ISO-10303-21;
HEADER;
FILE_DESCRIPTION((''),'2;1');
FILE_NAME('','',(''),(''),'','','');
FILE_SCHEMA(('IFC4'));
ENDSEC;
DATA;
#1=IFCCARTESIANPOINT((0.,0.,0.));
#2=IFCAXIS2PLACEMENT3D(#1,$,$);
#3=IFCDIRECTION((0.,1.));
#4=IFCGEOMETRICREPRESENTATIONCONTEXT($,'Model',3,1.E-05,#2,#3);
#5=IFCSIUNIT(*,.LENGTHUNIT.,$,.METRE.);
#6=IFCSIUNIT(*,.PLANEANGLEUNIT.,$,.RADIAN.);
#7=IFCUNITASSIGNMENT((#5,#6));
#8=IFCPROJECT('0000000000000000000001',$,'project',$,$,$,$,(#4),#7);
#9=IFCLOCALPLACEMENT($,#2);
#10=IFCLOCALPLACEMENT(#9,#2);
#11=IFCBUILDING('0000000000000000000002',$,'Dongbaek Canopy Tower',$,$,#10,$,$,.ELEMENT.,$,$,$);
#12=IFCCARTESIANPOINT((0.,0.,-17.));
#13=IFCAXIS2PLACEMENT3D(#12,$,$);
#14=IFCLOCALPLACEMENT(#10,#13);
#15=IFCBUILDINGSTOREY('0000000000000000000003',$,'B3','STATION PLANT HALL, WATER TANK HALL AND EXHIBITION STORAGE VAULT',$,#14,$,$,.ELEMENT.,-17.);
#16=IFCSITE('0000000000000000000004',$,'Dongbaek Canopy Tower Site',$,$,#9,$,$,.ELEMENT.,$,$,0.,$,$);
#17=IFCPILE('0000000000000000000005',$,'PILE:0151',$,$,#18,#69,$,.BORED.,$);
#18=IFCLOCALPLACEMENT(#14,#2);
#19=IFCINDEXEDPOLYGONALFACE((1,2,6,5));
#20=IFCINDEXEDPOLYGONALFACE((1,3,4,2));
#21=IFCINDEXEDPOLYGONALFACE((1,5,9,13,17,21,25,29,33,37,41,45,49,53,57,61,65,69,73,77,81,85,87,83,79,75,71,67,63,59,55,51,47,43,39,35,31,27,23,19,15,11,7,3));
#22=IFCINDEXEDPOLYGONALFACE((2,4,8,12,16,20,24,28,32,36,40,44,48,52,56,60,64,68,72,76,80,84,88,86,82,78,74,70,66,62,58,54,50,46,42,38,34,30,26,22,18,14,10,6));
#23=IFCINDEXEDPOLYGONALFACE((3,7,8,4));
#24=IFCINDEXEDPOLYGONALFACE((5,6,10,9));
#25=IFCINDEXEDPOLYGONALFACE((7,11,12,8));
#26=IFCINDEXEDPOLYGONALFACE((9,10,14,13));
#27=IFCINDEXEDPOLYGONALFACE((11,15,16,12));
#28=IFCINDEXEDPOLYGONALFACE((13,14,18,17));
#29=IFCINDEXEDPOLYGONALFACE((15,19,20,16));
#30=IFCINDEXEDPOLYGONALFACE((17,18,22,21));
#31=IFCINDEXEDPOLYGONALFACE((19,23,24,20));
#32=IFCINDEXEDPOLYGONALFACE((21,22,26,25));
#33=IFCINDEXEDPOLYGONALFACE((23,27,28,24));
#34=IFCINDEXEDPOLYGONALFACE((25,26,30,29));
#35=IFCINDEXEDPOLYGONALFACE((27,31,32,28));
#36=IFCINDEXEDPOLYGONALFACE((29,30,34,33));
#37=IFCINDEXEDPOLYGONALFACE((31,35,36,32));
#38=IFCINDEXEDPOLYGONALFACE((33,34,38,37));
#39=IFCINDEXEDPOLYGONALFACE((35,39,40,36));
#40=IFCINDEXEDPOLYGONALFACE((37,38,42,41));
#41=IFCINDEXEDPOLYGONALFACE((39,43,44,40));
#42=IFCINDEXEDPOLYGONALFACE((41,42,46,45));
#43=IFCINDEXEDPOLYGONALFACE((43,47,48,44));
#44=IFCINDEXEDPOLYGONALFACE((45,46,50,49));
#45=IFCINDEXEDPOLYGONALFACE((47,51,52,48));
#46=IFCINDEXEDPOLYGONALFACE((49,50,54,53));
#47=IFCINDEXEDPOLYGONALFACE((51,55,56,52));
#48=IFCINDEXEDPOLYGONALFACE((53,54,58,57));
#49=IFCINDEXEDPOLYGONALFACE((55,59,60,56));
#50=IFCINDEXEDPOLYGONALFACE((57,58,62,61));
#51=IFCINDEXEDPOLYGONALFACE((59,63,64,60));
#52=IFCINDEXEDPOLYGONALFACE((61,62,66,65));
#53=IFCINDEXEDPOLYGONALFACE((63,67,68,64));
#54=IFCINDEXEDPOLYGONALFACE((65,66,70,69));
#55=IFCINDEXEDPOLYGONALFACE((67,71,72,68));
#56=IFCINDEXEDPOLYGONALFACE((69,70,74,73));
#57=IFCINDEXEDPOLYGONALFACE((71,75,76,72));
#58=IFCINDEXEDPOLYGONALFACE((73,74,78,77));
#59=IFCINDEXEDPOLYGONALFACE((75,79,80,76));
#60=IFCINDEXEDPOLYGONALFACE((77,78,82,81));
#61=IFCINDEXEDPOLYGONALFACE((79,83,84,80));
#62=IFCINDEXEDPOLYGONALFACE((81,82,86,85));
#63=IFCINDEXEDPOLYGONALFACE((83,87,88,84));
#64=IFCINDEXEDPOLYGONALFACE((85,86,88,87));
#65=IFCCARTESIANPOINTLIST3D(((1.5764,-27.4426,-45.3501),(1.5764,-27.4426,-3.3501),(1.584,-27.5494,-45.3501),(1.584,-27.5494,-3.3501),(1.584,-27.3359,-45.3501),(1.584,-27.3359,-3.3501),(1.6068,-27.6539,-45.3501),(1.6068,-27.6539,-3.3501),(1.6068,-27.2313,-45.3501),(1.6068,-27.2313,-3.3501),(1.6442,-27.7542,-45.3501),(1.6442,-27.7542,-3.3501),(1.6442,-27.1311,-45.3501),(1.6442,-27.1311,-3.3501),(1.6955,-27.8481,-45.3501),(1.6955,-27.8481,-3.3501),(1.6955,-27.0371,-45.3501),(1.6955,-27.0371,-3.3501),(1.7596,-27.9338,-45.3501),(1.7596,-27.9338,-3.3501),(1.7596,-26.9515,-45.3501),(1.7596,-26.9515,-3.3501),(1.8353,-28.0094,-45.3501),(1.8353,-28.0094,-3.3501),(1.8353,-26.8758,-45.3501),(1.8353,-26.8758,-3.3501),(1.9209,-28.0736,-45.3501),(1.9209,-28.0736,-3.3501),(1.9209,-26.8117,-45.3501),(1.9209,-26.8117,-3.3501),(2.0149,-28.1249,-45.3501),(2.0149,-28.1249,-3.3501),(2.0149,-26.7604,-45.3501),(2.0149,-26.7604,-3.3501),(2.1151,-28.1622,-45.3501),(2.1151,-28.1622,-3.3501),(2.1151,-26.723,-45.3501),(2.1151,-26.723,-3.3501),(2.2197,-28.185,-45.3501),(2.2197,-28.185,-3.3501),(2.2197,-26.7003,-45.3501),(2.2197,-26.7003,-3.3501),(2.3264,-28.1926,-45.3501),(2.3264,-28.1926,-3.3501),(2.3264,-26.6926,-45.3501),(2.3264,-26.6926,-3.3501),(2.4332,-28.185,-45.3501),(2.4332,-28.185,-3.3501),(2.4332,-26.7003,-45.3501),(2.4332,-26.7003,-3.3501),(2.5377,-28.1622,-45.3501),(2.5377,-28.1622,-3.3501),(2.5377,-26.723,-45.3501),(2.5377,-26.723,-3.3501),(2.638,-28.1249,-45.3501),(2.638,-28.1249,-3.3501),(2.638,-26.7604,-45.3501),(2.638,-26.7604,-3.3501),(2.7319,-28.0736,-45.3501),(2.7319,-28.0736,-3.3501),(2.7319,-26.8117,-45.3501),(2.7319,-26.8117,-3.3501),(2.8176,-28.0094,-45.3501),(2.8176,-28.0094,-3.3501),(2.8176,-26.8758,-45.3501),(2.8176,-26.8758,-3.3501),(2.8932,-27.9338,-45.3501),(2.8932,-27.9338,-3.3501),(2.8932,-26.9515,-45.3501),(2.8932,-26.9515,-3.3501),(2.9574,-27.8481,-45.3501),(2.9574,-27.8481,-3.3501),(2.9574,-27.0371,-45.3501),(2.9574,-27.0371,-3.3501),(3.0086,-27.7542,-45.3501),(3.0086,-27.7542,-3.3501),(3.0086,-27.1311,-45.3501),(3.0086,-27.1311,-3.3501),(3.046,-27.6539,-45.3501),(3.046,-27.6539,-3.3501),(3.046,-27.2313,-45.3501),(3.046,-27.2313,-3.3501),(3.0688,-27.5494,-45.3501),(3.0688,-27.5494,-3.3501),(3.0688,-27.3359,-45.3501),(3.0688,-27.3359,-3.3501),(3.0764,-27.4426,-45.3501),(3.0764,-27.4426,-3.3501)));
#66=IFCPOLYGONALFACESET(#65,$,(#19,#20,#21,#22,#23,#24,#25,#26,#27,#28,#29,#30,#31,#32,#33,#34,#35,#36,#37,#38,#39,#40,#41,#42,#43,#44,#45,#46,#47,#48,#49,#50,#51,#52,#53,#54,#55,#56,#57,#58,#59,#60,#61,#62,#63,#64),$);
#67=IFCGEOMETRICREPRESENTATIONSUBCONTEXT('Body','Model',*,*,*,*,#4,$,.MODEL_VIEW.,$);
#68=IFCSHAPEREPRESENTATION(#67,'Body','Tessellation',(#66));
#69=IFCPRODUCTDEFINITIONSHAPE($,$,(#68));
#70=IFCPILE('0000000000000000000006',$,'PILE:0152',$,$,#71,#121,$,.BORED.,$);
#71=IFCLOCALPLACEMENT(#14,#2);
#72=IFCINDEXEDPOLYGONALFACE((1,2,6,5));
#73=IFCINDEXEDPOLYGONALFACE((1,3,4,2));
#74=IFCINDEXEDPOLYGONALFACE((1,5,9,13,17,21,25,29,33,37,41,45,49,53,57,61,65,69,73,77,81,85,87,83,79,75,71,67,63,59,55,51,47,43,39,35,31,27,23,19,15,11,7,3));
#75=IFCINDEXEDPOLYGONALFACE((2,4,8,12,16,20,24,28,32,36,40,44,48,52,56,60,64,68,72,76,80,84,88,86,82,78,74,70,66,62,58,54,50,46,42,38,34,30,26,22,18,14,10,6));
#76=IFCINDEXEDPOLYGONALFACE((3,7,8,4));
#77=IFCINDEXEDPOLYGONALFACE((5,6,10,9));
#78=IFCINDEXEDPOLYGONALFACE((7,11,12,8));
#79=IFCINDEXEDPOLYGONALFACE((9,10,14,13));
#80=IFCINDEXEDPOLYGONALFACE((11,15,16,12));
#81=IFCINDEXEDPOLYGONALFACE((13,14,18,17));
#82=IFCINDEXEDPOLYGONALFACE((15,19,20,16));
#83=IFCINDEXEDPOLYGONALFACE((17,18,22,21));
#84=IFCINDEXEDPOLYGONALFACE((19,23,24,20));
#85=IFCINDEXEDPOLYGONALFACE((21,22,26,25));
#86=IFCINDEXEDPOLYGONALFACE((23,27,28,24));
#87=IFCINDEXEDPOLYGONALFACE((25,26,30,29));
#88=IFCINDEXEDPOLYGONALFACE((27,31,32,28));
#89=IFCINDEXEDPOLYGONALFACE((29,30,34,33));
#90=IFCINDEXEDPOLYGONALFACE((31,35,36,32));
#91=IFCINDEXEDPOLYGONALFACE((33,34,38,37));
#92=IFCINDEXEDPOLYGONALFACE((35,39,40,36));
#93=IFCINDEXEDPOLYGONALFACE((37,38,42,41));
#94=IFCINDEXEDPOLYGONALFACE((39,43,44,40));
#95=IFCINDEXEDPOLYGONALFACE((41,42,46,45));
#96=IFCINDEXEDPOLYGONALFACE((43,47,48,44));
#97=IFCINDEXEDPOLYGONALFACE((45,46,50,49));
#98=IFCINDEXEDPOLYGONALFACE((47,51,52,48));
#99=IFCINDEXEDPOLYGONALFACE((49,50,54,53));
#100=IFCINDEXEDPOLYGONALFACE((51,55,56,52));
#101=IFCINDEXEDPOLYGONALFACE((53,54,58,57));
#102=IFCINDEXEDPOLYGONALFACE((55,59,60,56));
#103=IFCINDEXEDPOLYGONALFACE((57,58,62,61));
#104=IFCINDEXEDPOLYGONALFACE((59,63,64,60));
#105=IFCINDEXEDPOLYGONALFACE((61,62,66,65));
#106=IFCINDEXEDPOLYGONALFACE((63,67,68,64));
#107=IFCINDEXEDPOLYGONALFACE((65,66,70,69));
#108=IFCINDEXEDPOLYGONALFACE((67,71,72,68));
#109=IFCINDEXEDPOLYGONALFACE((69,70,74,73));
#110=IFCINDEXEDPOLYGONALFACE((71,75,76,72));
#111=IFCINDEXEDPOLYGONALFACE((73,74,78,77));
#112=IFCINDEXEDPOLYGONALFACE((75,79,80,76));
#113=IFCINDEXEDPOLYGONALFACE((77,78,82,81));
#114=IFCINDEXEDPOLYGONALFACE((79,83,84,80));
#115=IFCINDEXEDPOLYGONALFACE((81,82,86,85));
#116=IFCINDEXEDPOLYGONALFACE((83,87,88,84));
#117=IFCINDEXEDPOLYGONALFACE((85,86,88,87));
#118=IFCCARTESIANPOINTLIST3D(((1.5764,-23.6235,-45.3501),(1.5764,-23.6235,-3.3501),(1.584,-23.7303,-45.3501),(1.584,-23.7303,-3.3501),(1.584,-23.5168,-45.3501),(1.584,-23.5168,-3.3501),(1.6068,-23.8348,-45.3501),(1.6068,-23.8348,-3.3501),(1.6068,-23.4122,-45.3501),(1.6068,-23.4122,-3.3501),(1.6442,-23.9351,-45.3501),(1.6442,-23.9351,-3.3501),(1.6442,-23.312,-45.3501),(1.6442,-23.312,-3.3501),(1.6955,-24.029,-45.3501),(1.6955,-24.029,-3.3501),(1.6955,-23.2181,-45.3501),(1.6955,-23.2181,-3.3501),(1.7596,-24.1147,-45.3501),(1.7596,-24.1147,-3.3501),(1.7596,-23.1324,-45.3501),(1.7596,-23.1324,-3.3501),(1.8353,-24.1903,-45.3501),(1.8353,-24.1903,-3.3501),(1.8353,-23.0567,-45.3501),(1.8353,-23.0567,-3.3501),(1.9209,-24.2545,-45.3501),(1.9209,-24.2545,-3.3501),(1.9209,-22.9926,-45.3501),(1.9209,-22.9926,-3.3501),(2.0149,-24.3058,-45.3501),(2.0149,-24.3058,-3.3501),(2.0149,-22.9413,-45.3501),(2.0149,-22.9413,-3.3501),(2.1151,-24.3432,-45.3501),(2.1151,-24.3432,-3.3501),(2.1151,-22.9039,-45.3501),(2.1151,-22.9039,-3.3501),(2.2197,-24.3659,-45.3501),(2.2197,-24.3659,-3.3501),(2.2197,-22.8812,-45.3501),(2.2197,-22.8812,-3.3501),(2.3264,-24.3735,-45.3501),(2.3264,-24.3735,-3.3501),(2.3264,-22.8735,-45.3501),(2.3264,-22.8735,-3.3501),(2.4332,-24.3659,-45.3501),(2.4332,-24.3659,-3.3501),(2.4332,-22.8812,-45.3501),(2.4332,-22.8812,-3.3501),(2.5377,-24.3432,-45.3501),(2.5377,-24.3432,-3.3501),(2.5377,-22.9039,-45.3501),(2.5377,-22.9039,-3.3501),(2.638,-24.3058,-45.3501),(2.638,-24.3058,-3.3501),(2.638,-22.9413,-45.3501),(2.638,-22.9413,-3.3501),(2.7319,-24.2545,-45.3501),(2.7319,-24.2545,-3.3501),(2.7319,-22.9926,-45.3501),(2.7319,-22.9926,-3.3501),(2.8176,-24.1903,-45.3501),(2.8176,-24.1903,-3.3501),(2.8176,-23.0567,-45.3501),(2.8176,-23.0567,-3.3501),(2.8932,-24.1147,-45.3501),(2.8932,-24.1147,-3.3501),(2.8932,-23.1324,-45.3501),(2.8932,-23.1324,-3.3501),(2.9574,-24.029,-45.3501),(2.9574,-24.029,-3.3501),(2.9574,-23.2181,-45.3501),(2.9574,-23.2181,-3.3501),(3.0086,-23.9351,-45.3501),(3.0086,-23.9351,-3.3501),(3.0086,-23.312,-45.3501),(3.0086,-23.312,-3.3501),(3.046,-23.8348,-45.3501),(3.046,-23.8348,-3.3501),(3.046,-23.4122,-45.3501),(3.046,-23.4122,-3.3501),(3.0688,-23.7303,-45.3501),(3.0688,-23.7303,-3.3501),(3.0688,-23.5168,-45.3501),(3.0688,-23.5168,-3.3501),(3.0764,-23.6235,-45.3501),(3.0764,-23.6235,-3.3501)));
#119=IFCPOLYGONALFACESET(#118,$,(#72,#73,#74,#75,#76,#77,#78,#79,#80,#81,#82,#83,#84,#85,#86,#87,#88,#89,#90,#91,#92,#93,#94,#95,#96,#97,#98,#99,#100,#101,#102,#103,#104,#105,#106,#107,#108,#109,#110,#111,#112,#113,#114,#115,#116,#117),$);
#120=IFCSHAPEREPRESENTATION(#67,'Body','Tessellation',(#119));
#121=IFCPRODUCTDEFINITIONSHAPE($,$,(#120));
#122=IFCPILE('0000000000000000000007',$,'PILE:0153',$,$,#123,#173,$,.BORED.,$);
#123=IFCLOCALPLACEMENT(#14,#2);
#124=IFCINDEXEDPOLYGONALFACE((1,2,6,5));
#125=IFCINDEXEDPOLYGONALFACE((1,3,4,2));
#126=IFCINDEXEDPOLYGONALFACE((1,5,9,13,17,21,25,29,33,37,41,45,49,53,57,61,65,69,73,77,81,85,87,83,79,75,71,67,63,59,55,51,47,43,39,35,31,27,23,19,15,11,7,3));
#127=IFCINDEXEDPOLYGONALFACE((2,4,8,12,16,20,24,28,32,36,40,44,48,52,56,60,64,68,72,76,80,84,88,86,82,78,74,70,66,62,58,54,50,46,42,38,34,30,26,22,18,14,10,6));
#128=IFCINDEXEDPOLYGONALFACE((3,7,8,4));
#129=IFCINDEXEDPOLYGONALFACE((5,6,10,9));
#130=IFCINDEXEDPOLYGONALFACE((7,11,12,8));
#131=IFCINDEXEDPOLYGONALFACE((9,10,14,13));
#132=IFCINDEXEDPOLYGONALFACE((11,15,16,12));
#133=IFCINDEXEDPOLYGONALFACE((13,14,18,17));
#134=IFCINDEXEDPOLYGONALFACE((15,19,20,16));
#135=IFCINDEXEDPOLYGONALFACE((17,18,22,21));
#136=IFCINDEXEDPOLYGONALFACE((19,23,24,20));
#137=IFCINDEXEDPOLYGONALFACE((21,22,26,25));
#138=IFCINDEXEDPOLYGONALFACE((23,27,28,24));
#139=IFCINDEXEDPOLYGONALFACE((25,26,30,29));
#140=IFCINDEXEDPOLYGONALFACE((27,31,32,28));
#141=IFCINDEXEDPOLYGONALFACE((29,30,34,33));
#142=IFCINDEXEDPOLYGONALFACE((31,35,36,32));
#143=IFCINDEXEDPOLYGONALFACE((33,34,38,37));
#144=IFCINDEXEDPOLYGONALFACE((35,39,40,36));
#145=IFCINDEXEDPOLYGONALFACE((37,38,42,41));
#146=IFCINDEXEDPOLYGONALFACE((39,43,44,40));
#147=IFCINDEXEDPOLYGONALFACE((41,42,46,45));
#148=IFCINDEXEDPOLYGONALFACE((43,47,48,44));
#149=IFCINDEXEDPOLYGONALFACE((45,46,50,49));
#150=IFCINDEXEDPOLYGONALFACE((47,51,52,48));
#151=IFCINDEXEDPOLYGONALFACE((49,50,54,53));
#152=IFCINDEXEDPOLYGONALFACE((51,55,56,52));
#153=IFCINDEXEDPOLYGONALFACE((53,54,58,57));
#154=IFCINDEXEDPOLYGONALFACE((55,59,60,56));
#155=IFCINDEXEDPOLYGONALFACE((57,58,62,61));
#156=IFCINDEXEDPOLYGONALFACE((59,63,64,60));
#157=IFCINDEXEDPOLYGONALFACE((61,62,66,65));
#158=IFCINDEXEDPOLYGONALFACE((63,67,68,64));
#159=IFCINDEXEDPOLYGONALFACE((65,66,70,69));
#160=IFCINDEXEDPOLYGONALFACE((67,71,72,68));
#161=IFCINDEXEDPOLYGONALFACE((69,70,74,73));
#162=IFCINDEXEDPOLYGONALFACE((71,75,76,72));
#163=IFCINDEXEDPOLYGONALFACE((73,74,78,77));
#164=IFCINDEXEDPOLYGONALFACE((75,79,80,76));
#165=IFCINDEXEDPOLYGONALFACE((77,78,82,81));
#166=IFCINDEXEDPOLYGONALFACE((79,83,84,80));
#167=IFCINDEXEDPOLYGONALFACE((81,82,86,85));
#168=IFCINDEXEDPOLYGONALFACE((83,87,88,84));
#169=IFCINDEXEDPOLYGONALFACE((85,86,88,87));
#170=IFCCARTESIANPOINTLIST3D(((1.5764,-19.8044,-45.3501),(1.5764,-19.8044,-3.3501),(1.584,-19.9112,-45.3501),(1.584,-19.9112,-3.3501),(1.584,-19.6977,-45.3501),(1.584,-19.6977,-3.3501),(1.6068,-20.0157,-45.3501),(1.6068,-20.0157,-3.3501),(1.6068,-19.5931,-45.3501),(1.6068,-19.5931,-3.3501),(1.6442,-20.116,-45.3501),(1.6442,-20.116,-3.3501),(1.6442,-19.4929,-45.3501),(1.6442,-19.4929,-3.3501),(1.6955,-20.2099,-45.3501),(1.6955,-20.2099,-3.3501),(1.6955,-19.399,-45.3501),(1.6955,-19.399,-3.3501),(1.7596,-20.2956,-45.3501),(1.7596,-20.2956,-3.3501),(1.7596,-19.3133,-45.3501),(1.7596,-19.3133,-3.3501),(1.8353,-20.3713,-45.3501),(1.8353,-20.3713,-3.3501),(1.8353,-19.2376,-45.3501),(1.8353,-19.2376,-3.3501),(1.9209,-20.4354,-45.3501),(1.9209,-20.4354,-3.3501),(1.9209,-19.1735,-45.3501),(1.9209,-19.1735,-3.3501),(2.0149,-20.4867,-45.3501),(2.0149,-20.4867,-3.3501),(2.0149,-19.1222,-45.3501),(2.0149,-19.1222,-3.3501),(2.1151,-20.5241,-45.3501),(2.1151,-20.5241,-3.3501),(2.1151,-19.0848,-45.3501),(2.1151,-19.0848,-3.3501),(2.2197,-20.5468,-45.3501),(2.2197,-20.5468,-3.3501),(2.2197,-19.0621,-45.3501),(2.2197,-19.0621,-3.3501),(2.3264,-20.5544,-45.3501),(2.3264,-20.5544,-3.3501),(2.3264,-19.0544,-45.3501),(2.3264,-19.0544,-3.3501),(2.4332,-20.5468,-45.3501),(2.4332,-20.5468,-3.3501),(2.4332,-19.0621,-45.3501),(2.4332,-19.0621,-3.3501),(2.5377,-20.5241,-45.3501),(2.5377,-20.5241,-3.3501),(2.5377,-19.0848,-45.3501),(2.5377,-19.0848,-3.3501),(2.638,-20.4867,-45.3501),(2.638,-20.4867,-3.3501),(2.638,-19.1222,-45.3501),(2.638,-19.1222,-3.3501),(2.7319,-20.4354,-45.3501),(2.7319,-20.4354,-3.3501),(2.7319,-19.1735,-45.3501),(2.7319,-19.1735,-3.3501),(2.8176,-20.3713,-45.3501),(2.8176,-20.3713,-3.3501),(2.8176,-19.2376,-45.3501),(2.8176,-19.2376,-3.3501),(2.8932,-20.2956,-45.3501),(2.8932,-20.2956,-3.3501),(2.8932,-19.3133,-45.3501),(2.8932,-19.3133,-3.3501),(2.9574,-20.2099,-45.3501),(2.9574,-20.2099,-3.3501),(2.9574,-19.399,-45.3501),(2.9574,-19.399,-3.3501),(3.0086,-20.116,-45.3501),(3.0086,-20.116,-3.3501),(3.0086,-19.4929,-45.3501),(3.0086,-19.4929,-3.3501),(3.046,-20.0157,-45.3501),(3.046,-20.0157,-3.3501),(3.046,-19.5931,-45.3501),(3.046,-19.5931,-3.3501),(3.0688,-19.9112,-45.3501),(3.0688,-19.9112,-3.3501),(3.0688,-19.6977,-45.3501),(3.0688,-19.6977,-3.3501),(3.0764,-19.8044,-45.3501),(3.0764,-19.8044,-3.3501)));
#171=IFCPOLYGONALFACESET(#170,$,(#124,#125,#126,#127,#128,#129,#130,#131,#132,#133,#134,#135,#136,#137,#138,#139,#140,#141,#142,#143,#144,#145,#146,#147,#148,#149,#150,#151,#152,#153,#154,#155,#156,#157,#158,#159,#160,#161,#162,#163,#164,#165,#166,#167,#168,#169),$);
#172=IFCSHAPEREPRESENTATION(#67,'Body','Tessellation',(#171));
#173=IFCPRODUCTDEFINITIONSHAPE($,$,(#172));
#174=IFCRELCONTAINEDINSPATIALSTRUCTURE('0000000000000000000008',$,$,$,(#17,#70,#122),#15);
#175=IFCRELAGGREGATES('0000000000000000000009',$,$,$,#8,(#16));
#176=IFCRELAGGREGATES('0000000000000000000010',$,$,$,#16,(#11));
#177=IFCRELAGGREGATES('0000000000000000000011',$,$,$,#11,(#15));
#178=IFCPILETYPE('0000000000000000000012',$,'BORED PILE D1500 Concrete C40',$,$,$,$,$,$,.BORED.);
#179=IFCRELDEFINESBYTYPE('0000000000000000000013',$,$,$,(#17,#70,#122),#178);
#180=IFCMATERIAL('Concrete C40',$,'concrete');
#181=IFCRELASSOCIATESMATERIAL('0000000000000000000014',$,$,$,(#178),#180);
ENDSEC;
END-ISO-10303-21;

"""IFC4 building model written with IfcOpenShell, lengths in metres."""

from ifc_helpers import new_model, si_unit, direction, frame, origin, origin_2d, place, context, subcontext, project, spatial, circle, extrude, material, material_profile, profile_set, type_object, element, save


model = new_model("IFC4")

# Units and contexts
model_context = context("Model", 3, precision=1e-05, world=origin(), true_north=direction((0.0, 1.0)))
body_context = subcontext(model_context, "Body", "Model", "MODEL_VIEW")
ifc_project = project(units=[si_unit("LENGTHUNIT", "METRE"), si_unit("PLANEANGLEUNIT", "RADIAN")], contexts=[model_context])

# Site, building, storey
site_placement = place(None, origin())
site = spatial("IfcSite", under=ifc_project, at=site_placement, Name="Dongbaek Canopy Tower Site", CompositionType="ELEMENT", RefElevation=0.0)
building_placement = place(site_placement, origin())
building = spatial("IfcBuilding", under=site, at=building_placement, Name="Dongbaek Canopy Tower", CompositionType="ELEMENT")
storey_placement = place(building_placement, frame((0.0, 0.0, -17.0)))
storey = spatial("IfcBuildingStorey", under=building, at=storey_placement, Name="B3", Description="STATION PLANT HALL, WATER TANK HALL AND EXHIBITION STORAGE VAULT", CompositionType="ELEMENT", Elevation=-17.0)

# Piles
ifc_material_1 = material(Name="Concrete C40", Category="concrete")
ifc_material_profile_1 = material_profile(ifc_material_1, circle(Radius=0.75, at=origin_2d()), Name="BORED PILE D1500 Concrete C40")
ifc_profile_set_1 = profile_set([ifc_material_profile_1], Name="Concrete C40")
pile_type = type_object("IfcPileType", Name="BORED PILE D1500 Concrete C40", PredefinedType="BORED", material=ifc_profile_set_1)
for number, where, z_axis, x_axis, name in (
    (1, (2.3264, -27.4426, -3.3501), (0.0, 0.0, -1.0), (1.0, 0.0, 0.0), "PILE:0151"),
    (2, (2.3264, -23.6235, -3.3501), (0.0, 0.0, -1.0), (1.0, 0.0, 0.0), "PILE:0152"),
    (3, (2.3264, -19.8044, -3.3501), (0.0, 0.0, -1.0), (1.0, 0.0, 0.0), "PILE:0153"),
):
    element("IfcPile", number, at=place(storey_placement, frame(where, z_axis=z_axis, x_axis=x_axis)), inside=storey, type_object=pile_type, Name=name, PredefinedType="BORED", context=body_context, shape_type="SweptSolid", body=[
        extrude(circle(Radius=0.75, at=origin_2d()), origin(), (0.0, 0.0, 1.0), 42.0),
    ])

save(model, "model.ifc")
